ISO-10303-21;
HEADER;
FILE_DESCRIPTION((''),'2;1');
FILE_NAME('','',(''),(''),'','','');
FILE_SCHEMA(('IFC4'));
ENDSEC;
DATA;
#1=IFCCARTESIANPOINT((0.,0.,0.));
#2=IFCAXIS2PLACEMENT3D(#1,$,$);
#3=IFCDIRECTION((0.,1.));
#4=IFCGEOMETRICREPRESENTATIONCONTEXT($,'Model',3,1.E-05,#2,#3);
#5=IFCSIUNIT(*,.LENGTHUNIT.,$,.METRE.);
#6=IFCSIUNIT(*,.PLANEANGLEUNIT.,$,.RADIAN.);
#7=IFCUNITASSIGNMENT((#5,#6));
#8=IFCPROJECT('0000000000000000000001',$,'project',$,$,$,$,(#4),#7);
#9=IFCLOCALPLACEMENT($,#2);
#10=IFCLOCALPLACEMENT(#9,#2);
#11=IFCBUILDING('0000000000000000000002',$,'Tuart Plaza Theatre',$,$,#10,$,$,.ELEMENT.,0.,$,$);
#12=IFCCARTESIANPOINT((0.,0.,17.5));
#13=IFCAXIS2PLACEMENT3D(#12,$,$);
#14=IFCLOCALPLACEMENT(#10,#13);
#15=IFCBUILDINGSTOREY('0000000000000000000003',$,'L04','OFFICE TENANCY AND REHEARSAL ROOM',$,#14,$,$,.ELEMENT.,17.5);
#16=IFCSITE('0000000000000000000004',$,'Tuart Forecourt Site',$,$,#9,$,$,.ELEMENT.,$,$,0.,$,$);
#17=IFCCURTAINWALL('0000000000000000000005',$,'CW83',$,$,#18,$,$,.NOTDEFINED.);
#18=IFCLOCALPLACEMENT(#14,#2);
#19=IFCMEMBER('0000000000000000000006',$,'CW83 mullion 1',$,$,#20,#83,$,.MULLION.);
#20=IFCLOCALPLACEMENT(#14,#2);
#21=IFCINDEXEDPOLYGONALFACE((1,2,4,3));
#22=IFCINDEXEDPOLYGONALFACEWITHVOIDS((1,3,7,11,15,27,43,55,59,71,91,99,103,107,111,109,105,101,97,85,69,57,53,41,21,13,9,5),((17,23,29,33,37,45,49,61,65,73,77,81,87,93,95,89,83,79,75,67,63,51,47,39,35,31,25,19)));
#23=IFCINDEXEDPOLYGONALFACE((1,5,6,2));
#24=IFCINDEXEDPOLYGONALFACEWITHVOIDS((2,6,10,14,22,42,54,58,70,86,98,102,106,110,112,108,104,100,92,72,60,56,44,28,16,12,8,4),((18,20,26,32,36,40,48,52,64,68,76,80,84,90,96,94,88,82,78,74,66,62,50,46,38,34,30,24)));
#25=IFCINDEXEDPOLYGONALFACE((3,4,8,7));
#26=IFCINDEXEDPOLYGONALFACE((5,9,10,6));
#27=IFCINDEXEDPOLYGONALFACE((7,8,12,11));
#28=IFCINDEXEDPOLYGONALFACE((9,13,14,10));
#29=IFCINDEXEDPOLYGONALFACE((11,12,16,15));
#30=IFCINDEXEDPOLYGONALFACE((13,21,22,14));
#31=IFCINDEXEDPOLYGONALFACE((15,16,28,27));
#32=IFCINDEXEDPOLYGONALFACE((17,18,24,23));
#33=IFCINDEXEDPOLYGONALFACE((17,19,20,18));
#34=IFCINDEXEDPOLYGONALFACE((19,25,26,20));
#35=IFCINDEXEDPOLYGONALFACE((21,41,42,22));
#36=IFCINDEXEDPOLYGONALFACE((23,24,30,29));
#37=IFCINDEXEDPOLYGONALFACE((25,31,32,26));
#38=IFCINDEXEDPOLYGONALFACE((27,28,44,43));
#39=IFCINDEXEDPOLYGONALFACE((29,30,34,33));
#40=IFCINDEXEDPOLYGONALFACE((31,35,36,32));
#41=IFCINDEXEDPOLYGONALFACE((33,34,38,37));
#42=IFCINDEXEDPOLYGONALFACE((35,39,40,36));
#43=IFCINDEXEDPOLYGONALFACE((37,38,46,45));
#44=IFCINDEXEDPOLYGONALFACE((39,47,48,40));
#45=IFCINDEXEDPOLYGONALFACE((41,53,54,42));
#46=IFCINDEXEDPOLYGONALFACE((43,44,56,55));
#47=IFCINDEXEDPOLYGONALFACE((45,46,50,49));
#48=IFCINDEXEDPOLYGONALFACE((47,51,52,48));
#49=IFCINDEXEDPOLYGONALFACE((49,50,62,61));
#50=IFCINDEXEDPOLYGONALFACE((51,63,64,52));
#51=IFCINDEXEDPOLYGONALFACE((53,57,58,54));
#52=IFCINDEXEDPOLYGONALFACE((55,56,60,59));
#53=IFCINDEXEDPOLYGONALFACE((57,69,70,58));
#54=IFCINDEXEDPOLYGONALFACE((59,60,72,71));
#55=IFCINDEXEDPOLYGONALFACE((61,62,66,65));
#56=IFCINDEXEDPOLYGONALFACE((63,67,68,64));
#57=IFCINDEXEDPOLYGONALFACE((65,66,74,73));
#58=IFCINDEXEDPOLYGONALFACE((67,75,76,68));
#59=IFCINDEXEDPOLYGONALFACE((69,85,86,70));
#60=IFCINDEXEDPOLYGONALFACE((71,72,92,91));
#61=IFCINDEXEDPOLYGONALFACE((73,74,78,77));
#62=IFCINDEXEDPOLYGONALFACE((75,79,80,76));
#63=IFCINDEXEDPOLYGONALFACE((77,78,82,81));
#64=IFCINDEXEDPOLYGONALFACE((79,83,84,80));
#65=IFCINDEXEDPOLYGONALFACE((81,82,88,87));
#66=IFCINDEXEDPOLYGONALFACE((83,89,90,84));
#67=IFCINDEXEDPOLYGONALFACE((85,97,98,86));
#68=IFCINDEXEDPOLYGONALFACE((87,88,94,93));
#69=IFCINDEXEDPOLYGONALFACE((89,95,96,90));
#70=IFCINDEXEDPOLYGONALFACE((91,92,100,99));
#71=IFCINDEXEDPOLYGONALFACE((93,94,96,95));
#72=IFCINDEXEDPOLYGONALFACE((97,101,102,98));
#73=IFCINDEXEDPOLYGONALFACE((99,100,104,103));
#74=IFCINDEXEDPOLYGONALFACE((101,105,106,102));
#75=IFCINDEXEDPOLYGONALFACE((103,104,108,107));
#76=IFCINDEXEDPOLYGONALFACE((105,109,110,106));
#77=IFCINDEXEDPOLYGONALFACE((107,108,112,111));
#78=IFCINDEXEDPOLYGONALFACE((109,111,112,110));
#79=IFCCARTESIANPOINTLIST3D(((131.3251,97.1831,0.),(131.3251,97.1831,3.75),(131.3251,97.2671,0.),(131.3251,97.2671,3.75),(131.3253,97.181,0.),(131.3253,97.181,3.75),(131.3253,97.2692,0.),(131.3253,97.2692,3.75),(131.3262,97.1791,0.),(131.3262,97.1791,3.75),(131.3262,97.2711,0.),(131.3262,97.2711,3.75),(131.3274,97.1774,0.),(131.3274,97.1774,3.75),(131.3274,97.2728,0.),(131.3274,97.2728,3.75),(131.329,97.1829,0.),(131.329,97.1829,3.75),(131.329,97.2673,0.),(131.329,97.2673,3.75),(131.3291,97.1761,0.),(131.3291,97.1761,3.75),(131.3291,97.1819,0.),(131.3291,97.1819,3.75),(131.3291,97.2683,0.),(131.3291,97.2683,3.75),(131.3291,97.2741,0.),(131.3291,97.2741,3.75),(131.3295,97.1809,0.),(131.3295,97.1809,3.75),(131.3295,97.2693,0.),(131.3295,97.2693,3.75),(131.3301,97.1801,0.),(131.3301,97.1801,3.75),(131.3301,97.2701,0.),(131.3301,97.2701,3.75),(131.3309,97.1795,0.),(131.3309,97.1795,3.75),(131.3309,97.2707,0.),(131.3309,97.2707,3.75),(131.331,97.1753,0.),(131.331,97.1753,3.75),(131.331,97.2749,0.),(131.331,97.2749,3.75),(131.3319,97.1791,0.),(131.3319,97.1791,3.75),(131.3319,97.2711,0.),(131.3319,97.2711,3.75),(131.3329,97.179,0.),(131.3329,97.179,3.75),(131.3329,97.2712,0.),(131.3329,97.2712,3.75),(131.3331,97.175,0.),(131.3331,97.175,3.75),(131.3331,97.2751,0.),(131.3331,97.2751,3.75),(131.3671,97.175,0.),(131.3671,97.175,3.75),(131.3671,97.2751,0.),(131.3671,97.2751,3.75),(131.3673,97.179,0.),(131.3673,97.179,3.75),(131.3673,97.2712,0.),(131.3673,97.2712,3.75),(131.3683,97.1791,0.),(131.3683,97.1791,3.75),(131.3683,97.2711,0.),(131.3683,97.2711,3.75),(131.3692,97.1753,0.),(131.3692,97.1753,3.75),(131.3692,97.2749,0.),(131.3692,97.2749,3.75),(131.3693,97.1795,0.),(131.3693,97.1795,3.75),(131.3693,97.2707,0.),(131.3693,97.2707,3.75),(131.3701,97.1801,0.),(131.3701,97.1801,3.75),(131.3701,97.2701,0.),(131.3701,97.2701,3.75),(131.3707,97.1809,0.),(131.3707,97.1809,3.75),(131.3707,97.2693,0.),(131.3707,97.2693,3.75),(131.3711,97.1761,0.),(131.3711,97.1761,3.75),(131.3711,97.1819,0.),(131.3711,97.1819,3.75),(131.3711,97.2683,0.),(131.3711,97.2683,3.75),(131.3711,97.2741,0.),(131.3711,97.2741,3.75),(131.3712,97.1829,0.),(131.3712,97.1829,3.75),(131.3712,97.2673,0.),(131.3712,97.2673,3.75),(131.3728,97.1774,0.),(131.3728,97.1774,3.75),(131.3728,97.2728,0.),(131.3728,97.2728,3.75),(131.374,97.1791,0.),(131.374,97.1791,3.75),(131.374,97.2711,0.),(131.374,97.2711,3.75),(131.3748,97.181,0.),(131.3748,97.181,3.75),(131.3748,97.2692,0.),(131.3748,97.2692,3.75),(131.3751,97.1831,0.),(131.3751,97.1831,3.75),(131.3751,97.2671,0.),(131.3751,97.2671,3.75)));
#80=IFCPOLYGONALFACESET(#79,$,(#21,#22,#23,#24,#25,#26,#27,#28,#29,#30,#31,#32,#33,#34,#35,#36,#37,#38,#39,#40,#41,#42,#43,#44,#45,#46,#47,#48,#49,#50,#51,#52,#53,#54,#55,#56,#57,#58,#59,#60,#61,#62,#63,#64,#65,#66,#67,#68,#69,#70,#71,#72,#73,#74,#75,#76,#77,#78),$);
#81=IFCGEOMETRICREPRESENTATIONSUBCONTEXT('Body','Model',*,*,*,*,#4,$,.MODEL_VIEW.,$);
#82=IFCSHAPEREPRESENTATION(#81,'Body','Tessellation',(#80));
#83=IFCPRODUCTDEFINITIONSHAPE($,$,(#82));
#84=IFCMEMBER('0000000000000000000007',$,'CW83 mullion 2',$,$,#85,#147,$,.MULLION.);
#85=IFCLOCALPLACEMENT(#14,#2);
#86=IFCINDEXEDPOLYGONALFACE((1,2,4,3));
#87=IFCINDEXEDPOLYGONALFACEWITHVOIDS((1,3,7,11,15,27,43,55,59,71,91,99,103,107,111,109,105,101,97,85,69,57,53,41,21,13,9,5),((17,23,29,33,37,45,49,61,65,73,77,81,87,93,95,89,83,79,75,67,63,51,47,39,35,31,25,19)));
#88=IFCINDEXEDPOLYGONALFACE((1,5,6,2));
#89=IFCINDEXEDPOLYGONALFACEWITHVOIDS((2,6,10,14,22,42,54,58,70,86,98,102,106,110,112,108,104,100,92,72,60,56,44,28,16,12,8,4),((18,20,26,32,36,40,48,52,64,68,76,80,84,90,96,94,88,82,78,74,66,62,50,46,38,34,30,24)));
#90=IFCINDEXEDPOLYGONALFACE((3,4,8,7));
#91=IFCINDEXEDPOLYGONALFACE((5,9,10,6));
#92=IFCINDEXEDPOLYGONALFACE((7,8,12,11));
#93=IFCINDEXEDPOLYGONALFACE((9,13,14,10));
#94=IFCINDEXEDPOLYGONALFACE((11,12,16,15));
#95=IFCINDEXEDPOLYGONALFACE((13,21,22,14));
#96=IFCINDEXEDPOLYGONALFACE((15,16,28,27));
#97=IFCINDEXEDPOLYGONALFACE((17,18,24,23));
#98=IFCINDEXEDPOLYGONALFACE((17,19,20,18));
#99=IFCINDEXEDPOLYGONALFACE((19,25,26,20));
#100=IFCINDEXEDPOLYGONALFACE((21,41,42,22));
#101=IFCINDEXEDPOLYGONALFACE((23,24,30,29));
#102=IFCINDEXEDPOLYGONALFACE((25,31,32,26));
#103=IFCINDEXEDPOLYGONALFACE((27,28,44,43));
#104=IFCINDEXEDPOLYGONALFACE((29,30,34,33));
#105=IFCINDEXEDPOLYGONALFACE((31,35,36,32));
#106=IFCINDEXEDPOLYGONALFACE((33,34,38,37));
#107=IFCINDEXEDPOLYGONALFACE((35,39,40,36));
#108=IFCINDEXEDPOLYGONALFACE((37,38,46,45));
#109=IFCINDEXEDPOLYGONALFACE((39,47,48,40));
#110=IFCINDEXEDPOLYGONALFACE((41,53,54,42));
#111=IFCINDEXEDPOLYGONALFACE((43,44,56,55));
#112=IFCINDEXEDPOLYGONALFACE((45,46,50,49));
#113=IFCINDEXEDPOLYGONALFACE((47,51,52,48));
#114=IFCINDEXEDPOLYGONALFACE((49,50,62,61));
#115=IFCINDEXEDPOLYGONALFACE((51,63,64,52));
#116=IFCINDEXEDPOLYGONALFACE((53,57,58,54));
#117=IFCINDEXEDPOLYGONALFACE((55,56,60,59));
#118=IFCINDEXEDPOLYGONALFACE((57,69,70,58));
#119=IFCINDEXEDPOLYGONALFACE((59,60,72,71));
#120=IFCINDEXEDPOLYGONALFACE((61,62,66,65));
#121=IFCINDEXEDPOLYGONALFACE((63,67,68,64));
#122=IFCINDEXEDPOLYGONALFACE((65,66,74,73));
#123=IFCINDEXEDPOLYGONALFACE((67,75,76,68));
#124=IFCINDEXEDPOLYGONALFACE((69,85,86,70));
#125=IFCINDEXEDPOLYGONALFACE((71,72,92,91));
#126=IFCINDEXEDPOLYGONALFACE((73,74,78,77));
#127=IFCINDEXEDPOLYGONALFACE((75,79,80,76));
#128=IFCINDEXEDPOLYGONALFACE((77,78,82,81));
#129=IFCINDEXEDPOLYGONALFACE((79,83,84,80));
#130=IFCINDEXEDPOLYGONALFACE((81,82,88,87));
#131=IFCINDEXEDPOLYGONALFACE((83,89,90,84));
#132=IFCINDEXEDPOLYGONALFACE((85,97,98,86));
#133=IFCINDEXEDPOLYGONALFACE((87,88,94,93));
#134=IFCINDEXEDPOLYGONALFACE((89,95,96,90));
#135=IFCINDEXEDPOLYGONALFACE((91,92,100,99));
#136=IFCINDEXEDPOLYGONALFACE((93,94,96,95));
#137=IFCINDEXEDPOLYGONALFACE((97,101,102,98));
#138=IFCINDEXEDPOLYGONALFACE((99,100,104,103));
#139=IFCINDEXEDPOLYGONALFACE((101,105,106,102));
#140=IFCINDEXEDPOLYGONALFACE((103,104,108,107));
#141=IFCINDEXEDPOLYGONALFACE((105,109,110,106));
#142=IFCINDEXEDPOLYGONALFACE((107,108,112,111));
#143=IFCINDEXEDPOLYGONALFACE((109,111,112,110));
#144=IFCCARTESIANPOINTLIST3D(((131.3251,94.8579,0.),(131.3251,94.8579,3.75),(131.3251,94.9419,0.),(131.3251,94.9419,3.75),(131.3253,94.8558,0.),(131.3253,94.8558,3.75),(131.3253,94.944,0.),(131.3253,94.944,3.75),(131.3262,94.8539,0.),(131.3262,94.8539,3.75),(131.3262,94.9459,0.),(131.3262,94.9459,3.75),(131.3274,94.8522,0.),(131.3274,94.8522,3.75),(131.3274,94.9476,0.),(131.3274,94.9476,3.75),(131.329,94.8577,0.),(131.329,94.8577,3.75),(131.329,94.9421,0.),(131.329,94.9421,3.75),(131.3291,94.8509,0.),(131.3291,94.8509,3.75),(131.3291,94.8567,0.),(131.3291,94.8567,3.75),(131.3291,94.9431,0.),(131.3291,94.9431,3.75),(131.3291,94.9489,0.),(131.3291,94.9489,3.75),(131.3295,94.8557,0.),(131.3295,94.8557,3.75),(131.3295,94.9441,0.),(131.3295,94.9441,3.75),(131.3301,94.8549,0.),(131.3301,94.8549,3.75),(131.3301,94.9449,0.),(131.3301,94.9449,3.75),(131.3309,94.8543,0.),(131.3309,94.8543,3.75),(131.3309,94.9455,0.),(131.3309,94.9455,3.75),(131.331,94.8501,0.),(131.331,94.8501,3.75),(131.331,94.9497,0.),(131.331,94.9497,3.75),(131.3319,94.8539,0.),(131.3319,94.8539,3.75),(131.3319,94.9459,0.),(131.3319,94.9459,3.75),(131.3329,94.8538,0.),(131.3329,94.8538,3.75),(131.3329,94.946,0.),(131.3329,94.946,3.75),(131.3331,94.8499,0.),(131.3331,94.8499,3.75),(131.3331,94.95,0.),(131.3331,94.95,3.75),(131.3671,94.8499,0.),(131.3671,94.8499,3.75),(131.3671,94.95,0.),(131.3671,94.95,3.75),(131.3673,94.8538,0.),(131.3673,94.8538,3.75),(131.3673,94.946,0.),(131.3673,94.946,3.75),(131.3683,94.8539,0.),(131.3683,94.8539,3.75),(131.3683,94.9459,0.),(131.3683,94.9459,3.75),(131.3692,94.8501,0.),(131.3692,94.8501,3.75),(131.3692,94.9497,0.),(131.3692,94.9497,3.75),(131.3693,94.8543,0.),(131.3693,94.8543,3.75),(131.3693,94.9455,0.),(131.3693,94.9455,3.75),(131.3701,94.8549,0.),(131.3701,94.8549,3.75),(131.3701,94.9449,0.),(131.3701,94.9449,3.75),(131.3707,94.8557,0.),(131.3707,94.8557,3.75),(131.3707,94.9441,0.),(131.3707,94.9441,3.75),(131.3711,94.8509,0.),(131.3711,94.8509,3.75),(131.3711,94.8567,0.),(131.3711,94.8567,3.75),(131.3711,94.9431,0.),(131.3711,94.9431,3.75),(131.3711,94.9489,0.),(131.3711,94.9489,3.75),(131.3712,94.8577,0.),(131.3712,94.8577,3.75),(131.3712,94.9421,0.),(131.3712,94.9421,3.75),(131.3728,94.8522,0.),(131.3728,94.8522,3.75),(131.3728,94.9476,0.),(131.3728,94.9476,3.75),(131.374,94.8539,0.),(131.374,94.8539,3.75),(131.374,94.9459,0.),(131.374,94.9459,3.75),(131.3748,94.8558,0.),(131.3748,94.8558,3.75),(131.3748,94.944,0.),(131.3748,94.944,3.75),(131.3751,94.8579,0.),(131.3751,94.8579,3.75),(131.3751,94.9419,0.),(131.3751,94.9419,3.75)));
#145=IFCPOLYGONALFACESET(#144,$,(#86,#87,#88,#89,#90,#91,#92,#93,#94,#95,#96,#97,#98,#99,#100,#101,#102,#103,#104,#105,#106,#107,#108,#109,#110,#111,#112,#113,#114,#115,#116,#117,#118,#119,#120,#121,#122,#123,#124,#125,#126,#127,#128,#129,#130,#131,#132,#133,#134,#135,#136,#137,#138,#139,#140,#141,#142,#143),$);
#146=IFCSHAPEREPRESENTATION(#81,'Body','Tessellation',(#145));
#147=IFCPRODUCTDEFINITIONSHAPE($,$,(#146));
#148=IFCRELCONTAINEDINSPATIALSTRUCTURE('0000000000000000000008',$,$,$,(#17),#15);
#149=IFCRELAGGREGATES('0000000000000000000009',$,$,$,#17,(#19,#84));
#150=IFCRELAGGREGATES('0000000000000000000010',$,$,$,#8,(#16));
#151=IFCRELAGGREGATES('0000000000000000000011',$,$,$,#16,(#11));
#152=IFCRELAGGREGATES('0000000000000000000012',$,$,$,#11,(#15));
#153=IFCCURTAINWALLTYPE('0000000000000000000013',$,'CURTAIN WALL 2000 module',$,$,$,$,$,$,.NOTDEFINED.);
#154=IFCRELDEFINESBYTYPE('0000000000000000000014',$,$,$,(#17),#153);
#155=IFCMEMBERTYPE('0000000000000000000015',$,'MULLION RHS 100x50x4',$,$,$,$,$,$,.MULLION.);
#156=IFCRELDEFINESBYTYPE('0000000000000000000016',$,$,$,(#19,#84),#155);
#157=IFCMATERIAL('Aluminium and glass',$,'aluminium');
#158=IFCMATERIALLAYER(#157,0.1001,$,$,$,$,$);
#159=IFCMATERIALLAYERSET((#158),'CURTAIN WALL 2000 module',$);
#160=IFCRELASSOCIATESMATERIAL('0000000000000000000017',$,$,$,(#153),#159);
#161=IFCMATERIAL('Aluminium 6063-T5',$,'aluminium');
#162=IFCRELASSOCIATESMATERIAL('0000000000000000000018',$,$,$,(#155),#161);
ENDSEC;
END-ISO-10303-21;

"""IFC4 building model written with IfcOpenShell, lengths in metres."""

from ifc_helpers import new_model, si_unit, direction, frame, origin, origin_2d, place, context, subcontext, project, spatial, hollow_rectangle, extrude, material, layer, layer_set, material_profile, profile_set, type_object, element, aggregate, save


model = new_model("IFC4")

# Units and contexts
model_context = context("Model", 3, precision=1e-05, world=origin(), true_north=direction((0.0, 1.0)))
body_context = subcontext(model_context, "Body", "Model", "MODEL_VIEW")
ifc_project = project(units=[si_unit("LENGTHUNIT", "METRE"), si_unit("PLANEANGLEUNIT", "RADIAN")], contexts=[model_context])

# Site, building, storey
site_placement = place(None, origin())
site = spatial("IfcSite", under=ifc_project, at=site_placement, Name="Tuart Forecourt Site", CompositionType="ELEMENT", RefElevation=0.0)
building_placement = place(site_placement, origin())
building = spatial("IfcBuilding", under=site, at=building_placement, Name="Tuart Plaza Theatre", CompositionType="ELEMENT", ElevationOfRefHeight=0.0)
storey_placement = place(building_placement, frame((0.0, 0.0, 17.5)))
storey = spatial("IfcBuildingStorey", under=building, at=storey_placement, Name="L04", Description="OFFICE TENANCY AND REHEARSAL ROOM", CompositionType="ELEMENT", Elevation=17.5)

# Curtain wall, members
ifc_material_1 = material(Name="Aluminium and glass", Category="aluminium")
ifc_layer_1 = layer(ifc_material_1, 0.1001)
ifc_layer_set_1 = layer_set([ifc_layer_1], Name="CURTAIN WALL 2000 module")
curtain_wall_type_1 = type_object("IfcCurtainWallType", Name="CURTAIN WALL 2000 module", PredefinedType="NOTDEFINED", material=ifc_layer_set_1)
ifc_material_2 = material(Name="Aluminium 6063-T5", Category="aluminium")
ifc_material_profile_1 = material_profile(ifc_material_2, hollow_rectangle(XDim=0.05, YDim=0.1001, WallThickness=0.0039, InnerFilletRadius=0.0039, OuterFilletRadius=0.0081, at=origin_2d()), Name="RHS 100x50x4")
ifc_profile_set_1 = profile_set([ifc_material_profile_1], Name="Aluminium 6063-T5")
member_type_1 = type_object("IfcMemberType", Name="MULLION RHS 100x50x4", PredefinedType="MULLION", material=ifc_profile_set_1)
curtain_wall_1_placement = place(storey_placement, origin())
curtain_wall_1 = element("IfcCurtainWall", 1, at=curtain_wall_1_placement, inside=storey, type_object=curtain_wall_type_1, Name="CW83", PredefinedType="NOTDEFINED")
member_1_placement = place(storey_placement, frame((131.3501, 97.2251, 0.0), z_axis=(0.0, 0.0, 1.0), x_axis=(1.0, 0.0, 0.0)))
member_1 = element("IfcMember", 2, at=member_1_placement, type_object=member_type_1, Name="CW83 mullion 1", PredefinedType="MULLION", context=body_context, shape_type="SweptSolid", body=[
    extrude(hollow_rectangle(XDim=0.05, YDim=0.1001, WallThickness=0.0039, InnerFilletRadius=0.0039, OuterFilletRadius=0.0081, at=origin_2d()), origin(), (0.0, 0.0, 1.0), 3.75),
])
member_2_placement = place(storey_placement, frame((131.3501, 94.8999, 0.0), z_axis=(0.0, 0.0, 1.0), x_axis=(1.0, 0.0, 0.0)))
member_2 = element("IfcMember", 3, at=member_2_placement, type_object=member_type_1, Name="CW83 mullion 2", PredefinedType="MULLION", context=body_context, shape_type="SweptSolid", body=[
    extrude(hollow_rectangle(XDim=0.05, YDim=0.1001, WallThickness=0.0039, InnerFilletRadius=0.0039, OuterFilletRadius=0.0081, at=origin_2d()), origin(), (0.0, 0.0, 1.0), 3.75),
])

aggregate(curtain_wall_1, [member_1, member_2])

save(model, "model.ifc")
